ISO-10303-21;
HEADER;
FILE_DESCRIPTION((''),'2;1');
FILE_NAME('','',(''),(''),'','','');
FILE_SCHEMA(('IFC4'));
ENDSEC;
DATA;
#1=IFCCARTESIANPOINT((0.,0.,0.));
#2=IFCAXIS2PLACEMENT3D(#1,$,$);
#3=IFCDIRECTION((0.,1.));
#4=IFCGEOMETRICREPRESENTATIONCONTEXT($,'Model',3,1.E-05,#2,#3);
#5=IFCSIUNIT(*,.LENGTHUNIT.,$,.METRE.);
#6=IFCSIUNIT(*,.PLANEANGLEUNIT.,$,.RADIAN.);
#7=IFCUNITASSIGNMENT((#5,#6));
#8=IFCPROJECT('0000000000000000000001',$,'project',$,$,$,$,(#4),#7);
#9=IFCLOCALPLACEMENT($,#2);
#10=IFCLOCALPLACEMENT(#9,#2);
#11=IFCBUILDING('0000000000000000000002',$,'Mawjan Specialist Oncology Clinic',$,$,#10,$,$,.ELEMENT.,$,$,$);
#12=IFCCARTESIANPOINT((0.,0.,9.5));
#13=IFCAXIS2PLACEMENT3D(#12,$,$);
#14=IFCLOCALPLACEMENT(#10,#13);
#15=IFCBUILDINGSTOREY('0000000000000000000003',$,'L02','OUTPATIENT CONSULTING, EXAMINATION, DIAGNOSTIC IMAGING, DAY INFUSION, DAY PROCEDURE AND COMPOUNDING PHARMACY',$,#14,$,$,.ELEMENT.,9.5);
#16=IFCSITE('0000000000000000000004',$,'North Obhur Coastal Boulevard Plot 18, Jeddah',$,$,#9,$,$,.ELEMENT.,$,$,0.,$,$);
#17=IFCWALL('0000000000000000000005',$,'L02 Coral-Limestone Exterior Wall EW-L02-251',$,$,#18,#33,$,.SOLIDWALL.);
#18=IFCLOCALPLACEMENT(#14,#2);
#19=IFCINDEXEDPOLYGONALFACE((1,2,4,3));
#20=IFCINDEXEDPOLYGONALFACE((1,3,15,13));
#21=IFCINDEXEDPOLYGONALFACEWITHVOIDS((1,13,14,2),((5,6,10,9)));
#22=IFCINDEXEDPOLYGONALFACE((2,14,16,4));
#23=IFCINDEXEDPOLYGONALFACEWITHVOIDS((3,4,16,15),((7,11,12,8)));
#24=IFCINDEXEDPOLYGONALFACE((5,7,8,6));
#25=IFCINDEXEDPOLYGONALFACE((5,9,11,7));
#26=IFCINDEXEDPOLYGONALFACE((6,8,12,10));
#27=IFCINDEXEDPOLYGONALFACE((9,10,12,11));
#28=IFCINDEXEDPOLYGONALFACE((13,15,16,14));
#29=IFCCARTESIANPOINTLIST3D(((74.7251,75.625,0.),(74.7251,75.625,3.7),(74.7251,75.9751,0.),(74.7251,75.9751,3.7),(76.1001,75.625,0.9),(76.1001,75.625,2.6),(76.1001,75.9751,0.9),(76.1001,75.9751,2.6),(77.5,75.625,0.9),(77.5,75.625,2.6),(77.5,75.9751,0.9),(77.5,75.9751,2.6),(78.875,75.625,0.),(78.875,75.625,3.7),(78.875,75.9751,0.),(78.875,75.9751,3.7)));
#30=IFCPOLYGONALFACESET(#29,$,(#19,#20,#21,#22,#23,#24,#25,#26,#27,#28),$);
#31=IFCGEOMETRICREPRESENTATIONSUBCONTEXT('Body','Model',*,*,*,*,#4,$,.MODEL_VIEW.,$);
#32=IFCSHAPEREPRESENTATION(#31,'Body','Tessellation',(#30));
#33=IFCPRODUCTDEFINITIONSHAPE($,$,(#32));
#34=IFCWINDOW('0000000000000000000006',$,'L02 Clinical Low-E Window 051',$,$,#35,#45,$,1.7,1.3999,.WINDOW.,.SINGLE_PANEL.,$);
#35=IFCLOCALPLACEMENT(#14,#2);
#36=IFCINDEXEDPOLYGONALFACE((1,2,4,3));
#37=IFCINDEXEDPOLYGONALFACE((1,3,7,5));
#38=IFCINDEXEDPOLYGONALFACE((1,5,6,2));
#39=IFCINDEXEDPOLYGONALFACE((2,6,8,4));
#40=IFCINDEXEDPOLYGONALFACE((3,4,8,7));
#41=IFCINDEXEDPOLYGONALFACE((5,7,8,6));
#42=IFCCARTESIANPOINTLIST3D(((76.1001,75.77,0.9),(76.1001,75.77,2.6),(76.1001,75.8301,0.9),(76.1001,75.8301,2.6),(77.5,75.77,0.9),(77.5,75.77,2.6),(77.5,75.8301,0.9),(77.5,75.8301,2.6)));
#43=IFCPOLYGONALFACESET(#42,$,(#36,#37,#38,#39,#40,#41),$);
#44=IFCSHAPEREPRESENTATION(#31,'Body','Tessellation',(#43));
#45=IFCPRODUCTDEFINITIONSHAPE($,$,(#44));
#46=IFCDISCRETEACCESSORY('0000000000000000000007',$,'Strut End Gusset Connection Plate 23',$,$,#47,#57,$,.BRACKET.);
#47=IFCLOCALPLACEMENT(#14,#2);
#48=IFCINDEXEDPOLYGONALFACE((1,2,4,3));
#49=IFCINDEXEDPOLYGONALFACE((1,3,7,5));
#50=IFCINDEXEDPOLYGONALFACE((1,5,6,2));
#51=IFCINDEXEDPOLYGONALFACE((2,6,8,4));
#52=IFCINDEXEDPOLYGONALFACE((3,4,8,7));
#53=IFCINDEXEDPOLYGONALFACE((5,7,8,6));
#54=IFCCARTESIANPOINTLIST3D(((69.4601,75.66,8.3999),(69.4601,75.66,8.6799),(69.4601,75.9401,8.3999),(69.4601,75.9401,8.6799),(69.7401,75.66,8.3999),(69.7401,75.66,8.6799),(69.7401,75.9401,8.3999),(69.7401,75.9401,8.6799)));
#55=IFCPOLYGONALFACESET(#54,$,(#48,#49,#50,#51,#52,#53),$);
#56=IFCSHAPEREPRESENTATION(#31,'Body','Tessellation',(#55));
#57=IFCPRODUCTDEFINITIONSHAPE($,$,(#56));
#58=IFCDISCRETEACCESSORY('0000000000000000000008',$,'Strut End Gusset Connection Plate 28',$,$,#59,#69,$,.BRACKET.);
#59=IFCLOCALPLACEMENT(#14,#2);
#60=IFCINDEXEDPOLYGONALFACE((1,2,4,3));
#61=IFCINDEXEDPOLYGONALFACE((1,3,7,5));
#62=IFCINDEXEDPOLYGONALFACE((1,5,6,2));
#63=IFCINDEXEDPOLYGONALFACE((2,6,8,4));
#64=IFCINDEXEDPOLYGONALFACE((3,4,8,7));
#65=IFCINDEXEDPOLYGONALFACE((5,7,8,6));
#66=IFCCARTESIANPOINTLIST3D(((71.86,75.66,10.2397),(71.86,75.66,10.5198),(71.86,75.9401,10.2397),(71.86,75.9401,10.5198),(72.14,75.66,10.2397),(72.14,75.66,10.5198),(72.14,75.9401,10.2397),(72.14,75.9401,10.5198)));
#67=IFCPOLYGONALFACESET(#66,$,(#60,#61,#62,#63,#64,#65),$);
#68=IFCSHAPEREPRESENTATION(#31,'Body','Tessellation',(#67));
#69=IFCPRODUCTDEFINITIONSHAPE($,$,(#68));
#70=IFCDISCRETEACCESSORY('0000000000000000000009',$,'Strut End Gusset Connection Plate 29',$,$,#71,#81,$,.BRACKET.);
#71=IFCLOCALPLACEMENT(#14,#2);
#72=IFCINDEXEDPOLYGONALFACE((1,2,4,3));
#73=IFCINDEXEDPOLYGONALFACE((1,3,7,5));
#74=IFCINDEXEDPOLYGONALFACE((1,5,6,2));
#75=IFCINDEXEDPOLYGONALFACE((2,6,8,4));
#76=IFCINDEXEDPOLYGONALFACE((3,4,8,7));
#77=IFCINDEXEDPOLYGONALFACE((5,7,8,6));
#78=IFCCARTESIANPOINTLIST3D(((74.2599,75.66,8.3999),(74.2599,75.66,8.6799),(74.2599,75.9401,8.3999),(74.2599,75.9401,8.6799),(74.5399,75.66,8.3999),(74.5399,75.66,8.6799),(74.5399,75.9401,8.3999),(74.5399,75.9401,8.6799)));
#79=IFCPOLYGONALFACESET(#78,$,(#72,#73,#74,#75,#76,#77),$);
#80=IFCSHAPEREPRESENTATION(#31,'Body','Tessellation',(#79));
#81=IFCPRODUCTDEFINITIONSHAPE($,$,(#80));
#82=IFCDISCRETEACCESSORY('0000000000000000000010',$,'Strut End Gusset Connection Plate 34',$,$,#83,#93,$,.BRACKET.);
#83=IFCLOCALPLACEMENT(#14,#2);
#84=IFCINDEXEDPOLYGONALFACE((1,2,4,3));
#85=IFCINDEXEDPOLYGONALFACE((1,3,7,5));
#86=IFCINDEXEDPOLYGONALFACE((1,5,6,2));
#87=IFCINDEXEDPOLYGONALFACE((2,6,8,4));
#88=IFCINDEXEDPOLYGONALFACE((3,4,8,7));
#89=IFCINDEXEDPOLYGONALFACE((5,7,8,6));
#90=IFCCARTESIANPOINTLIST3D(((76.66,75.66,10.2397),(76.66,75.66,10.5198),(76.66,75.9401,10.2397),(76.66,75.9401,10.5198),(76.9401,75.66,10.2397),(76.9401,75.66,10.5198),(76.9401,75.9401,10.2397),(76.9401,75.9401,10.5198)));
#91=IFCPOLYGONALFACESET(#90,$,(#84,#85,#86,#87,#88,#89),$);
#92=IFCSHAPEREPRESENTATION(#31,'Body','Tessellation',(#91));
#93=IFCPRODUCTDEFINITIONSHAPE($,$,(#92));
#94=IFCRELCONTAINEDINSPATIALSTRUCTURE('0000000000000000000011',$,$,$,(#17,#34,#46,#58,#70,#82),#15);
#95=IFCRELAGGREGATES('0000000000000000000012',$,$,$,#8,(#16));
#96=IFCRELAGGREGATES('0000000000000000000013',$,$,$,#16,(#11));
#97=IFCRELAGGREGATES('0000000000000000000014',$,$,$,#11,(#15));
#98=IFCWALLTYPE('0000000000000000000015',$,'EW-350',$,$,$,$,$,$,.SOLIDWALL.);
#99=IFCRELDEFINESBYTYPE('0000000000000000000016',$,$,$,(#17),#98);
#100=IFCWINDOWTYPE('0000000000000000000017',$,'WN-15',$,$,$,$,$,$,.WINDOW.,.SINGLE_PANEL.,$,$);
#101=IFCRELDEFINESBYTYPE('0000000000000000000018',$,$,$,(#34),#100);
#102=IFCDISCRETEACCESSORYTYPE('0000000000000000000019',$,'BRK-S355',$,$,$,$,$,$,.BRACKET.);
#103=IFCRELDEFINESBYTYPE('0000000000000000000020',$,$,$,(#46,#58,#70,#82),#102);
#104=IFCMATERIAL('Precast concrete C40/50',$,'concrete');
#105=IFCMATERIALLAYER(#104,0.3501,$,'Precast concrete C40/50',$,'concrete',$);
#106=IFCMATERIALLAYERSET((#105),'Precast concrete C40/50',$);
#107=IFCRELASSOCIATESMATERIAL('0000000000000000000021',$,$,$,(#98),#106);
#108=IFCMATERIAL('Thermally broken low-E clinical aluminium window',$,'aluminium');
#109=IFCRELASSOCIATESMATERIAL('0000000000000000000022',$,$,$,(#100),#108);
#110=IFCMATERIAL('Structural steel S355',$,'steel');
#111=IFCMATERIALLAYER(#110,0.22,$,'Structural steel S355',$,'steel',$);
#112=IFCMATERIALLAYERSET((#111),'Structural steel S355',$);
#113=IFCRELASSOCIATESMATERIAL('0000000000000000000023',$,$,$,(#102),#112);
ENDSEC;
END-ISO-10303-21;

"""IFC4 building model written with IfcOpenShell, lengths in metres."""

from ifc_helpers import new_model, si_unit, direction, frame, frame_2d, origin, origin_2d, place, context, subcontext, project, spatial, rectangle, extrude, material, layer, layer_set, type_object, element, fill, save


model = new_model("IFC4")

# Units and contexts
model_context = context("Model", 3, precision=1e-05, world=origin(), true_north=direction((0.0, 1.0)))
body_context = subcontext(model_context, "Body", "Model", "MODEL_VIEW")
ifc_project = project(units=[si_unit("LENGTHUNIT", "METRE"), si_unit("PLANEANGLEUNIT", "RADIAN")], contexts=[model_context])

# Site, building, storey
site_placement = place(None, origin())
site = spatial("IfcSite", under=ifc_project, at=site_placement, Name="North Obhur Coastal Boulevard Plot 18, Jeddah", CompositionType="ELEMENT", RefElevation=0.0)
building_placement = place(site_placement, origin())
building = spatial("IfcBuilding", under=site, at=building_placement, Name="Mawjan Specialist Oncology Clinic", CompositionType="ELEMENT")
storey_placement = place(building_placement, frame((0.0, 0.0, 9.5)))
storey = spatial("IfcBuildingStorey", under=building, at=storey_placement, Name="L02", Description="OUTPATIENT CONSULTING, EXAMINATION, DIAGNOSTIC IMAGING, DAY INFUSION, DAY PROCEDURE AND COMPOUNDING PHARMACY", CompositionType="ELEMENT", Elevation=9.5)

# Shared definitions
ifc_material_1 = material(Name="Precast concrete C40/50", Category="concrete")
ifc_layer_1 = layer(ifc_material_1, 0.3501, Name="Precast concrete C40/50", Category="concrete")
ifc_layer_set_1 = layer_set([ifc_layer_1], Name="Precast concrete C40/50")
wall_type = type_object("IfcWallType", Name="EW-350", PredefinedType="SOLIDWALL", material=ifc_layer_set_1)

# Wall, opening, window
wall_1_placement = place(storey_placement, frame((74.7251, 75.8, 0.0), z_axis=(0.0, 0.0, 1.0), x_axis=(1.0, 0.0, 0.0)))
wall_1 = element("IfcWall", 1, at=wall_1_placement, inside=storey, type_object=wall_type, Name="L02 Coral-Limestone Exterior Wall EW-L02-251", PredefinedType="SOLIDWALL", context=body_context, shape_type="SweptSolid", body=[
    extrude(rectangle(XDim=4.1499, YDim=0.3501, at=frame_2d((2.075, 0.0))), origin(), (0.0, 0.0, 1.0), 3.7),
])
opening_placement = place(wall_1_placement, frame((1.375, 0.0, 0.8999)))
opening = element("IfcOpeningElement", 2, at=opening_placement, cuts=wall_1, PredefinedType="OPENING", context=body_context, shape_type="SweptSolid", body=[
    extrude(rectangle(XDim=1.3999, YDim=1.7, at=frame_2d((0.7, 0.8501))), frame((0.0, 0.187, 0.0), z_axis=(0.0, -1.0, 0.0), x_axis=(1.0, 0.0, 0.0)), (0.0, 0.0, 1.0), 0.374),
])
ifc_material_2 = material(Name="Thermally broken low-E clinical aluminium window", Category="aluminium")
window_type = type_object("IfcWindowType", Name="WN-15", PartitioningType="SINGLE_PANEL", PredefinedType="WINDOW", material=ifc_material_2)
window_placement = place(opening_placement, origin())
window = element("IfcWindow", 3, at=window_placement, inside=storey, type_object=window_type, Name="L02 Clinical Low-E Window 051", OverallHeight=1.7, OverallWidth=1.3999, PartitioningType="SINGLE_PANEL", PredefinedType="WINDOW", context=body_context, shape_type="SweptSolid", body=[
    extrude(rectangle(XDim=1.3999, YDim=1.7, at=frame_2d((0.7, 0.8501))), frame((0.0, 0.03, 0.0), z_axis=(0.0, -1.0, 0.0), x_axis=(1.0, 0.0, 0.0)), (0.0, 0.0, 1.0), 0.0601),
])
fill(opening, window)

# Discrete accessories
ifc_material_3 = material(Name="Structural steel S355", Category="steel")
ifc_layer_2 = layer(ifc_material_3, 0.22, Name="Structural steel S355", Category="steel")
ifc_layer_set_2 = layer_set([ifc_layer_2], Name="Structural steel S355")
discrete_accessory_type = type_object("IfcDiscreteAccessoryType", Name="BRK-S355", PredefinedType="BRACKET", material=ifc_layer_set_2)
for number, where, z_axis, x_axis, name in (
    (4, (69.6001, 75.8, 8.3999), (0.0, 0.0, 1.0), (1.0, 0.0, 0.0), "Strut End Gusset Connection Plate 23"),
    (5, (72.0, 75.8, 10.2397), (0.0, 0.0, 1.0), (1.0, 0.0, 0.0), "Strut End Gusset Connection Plate 28"),
    (6, (74.3999, 75.8, 8.3999), (0.0, 0.0, 1.0), (1.0, 0.0, 0.0), "Strut End Gusset Connection Plate 29"),
    (7, (76.8, 75.8, 10.2397), (0.0, 0.0, 1.0), (1.0, 0.0, 0.0), "Strut End Gusset Connection Plate 34"),
):
    element("IfcDiscreteAccessory", number, at=place(storey_placement, frame(where, z_axis=z_axis, x_axis=x_axis)), inside=storey, type_object=discrete_accessory_type, Name=name, PredefinedType="BRACKET", context=body_context, shape_type="SweptSolid", body=[
        extrude(rectangle(XDim=0.28, YDim=0.28, at=origin_2d()), origin(), (0.0, 0.0, 1.0), 0.28),
    ])

save(model, "model.ifc")
